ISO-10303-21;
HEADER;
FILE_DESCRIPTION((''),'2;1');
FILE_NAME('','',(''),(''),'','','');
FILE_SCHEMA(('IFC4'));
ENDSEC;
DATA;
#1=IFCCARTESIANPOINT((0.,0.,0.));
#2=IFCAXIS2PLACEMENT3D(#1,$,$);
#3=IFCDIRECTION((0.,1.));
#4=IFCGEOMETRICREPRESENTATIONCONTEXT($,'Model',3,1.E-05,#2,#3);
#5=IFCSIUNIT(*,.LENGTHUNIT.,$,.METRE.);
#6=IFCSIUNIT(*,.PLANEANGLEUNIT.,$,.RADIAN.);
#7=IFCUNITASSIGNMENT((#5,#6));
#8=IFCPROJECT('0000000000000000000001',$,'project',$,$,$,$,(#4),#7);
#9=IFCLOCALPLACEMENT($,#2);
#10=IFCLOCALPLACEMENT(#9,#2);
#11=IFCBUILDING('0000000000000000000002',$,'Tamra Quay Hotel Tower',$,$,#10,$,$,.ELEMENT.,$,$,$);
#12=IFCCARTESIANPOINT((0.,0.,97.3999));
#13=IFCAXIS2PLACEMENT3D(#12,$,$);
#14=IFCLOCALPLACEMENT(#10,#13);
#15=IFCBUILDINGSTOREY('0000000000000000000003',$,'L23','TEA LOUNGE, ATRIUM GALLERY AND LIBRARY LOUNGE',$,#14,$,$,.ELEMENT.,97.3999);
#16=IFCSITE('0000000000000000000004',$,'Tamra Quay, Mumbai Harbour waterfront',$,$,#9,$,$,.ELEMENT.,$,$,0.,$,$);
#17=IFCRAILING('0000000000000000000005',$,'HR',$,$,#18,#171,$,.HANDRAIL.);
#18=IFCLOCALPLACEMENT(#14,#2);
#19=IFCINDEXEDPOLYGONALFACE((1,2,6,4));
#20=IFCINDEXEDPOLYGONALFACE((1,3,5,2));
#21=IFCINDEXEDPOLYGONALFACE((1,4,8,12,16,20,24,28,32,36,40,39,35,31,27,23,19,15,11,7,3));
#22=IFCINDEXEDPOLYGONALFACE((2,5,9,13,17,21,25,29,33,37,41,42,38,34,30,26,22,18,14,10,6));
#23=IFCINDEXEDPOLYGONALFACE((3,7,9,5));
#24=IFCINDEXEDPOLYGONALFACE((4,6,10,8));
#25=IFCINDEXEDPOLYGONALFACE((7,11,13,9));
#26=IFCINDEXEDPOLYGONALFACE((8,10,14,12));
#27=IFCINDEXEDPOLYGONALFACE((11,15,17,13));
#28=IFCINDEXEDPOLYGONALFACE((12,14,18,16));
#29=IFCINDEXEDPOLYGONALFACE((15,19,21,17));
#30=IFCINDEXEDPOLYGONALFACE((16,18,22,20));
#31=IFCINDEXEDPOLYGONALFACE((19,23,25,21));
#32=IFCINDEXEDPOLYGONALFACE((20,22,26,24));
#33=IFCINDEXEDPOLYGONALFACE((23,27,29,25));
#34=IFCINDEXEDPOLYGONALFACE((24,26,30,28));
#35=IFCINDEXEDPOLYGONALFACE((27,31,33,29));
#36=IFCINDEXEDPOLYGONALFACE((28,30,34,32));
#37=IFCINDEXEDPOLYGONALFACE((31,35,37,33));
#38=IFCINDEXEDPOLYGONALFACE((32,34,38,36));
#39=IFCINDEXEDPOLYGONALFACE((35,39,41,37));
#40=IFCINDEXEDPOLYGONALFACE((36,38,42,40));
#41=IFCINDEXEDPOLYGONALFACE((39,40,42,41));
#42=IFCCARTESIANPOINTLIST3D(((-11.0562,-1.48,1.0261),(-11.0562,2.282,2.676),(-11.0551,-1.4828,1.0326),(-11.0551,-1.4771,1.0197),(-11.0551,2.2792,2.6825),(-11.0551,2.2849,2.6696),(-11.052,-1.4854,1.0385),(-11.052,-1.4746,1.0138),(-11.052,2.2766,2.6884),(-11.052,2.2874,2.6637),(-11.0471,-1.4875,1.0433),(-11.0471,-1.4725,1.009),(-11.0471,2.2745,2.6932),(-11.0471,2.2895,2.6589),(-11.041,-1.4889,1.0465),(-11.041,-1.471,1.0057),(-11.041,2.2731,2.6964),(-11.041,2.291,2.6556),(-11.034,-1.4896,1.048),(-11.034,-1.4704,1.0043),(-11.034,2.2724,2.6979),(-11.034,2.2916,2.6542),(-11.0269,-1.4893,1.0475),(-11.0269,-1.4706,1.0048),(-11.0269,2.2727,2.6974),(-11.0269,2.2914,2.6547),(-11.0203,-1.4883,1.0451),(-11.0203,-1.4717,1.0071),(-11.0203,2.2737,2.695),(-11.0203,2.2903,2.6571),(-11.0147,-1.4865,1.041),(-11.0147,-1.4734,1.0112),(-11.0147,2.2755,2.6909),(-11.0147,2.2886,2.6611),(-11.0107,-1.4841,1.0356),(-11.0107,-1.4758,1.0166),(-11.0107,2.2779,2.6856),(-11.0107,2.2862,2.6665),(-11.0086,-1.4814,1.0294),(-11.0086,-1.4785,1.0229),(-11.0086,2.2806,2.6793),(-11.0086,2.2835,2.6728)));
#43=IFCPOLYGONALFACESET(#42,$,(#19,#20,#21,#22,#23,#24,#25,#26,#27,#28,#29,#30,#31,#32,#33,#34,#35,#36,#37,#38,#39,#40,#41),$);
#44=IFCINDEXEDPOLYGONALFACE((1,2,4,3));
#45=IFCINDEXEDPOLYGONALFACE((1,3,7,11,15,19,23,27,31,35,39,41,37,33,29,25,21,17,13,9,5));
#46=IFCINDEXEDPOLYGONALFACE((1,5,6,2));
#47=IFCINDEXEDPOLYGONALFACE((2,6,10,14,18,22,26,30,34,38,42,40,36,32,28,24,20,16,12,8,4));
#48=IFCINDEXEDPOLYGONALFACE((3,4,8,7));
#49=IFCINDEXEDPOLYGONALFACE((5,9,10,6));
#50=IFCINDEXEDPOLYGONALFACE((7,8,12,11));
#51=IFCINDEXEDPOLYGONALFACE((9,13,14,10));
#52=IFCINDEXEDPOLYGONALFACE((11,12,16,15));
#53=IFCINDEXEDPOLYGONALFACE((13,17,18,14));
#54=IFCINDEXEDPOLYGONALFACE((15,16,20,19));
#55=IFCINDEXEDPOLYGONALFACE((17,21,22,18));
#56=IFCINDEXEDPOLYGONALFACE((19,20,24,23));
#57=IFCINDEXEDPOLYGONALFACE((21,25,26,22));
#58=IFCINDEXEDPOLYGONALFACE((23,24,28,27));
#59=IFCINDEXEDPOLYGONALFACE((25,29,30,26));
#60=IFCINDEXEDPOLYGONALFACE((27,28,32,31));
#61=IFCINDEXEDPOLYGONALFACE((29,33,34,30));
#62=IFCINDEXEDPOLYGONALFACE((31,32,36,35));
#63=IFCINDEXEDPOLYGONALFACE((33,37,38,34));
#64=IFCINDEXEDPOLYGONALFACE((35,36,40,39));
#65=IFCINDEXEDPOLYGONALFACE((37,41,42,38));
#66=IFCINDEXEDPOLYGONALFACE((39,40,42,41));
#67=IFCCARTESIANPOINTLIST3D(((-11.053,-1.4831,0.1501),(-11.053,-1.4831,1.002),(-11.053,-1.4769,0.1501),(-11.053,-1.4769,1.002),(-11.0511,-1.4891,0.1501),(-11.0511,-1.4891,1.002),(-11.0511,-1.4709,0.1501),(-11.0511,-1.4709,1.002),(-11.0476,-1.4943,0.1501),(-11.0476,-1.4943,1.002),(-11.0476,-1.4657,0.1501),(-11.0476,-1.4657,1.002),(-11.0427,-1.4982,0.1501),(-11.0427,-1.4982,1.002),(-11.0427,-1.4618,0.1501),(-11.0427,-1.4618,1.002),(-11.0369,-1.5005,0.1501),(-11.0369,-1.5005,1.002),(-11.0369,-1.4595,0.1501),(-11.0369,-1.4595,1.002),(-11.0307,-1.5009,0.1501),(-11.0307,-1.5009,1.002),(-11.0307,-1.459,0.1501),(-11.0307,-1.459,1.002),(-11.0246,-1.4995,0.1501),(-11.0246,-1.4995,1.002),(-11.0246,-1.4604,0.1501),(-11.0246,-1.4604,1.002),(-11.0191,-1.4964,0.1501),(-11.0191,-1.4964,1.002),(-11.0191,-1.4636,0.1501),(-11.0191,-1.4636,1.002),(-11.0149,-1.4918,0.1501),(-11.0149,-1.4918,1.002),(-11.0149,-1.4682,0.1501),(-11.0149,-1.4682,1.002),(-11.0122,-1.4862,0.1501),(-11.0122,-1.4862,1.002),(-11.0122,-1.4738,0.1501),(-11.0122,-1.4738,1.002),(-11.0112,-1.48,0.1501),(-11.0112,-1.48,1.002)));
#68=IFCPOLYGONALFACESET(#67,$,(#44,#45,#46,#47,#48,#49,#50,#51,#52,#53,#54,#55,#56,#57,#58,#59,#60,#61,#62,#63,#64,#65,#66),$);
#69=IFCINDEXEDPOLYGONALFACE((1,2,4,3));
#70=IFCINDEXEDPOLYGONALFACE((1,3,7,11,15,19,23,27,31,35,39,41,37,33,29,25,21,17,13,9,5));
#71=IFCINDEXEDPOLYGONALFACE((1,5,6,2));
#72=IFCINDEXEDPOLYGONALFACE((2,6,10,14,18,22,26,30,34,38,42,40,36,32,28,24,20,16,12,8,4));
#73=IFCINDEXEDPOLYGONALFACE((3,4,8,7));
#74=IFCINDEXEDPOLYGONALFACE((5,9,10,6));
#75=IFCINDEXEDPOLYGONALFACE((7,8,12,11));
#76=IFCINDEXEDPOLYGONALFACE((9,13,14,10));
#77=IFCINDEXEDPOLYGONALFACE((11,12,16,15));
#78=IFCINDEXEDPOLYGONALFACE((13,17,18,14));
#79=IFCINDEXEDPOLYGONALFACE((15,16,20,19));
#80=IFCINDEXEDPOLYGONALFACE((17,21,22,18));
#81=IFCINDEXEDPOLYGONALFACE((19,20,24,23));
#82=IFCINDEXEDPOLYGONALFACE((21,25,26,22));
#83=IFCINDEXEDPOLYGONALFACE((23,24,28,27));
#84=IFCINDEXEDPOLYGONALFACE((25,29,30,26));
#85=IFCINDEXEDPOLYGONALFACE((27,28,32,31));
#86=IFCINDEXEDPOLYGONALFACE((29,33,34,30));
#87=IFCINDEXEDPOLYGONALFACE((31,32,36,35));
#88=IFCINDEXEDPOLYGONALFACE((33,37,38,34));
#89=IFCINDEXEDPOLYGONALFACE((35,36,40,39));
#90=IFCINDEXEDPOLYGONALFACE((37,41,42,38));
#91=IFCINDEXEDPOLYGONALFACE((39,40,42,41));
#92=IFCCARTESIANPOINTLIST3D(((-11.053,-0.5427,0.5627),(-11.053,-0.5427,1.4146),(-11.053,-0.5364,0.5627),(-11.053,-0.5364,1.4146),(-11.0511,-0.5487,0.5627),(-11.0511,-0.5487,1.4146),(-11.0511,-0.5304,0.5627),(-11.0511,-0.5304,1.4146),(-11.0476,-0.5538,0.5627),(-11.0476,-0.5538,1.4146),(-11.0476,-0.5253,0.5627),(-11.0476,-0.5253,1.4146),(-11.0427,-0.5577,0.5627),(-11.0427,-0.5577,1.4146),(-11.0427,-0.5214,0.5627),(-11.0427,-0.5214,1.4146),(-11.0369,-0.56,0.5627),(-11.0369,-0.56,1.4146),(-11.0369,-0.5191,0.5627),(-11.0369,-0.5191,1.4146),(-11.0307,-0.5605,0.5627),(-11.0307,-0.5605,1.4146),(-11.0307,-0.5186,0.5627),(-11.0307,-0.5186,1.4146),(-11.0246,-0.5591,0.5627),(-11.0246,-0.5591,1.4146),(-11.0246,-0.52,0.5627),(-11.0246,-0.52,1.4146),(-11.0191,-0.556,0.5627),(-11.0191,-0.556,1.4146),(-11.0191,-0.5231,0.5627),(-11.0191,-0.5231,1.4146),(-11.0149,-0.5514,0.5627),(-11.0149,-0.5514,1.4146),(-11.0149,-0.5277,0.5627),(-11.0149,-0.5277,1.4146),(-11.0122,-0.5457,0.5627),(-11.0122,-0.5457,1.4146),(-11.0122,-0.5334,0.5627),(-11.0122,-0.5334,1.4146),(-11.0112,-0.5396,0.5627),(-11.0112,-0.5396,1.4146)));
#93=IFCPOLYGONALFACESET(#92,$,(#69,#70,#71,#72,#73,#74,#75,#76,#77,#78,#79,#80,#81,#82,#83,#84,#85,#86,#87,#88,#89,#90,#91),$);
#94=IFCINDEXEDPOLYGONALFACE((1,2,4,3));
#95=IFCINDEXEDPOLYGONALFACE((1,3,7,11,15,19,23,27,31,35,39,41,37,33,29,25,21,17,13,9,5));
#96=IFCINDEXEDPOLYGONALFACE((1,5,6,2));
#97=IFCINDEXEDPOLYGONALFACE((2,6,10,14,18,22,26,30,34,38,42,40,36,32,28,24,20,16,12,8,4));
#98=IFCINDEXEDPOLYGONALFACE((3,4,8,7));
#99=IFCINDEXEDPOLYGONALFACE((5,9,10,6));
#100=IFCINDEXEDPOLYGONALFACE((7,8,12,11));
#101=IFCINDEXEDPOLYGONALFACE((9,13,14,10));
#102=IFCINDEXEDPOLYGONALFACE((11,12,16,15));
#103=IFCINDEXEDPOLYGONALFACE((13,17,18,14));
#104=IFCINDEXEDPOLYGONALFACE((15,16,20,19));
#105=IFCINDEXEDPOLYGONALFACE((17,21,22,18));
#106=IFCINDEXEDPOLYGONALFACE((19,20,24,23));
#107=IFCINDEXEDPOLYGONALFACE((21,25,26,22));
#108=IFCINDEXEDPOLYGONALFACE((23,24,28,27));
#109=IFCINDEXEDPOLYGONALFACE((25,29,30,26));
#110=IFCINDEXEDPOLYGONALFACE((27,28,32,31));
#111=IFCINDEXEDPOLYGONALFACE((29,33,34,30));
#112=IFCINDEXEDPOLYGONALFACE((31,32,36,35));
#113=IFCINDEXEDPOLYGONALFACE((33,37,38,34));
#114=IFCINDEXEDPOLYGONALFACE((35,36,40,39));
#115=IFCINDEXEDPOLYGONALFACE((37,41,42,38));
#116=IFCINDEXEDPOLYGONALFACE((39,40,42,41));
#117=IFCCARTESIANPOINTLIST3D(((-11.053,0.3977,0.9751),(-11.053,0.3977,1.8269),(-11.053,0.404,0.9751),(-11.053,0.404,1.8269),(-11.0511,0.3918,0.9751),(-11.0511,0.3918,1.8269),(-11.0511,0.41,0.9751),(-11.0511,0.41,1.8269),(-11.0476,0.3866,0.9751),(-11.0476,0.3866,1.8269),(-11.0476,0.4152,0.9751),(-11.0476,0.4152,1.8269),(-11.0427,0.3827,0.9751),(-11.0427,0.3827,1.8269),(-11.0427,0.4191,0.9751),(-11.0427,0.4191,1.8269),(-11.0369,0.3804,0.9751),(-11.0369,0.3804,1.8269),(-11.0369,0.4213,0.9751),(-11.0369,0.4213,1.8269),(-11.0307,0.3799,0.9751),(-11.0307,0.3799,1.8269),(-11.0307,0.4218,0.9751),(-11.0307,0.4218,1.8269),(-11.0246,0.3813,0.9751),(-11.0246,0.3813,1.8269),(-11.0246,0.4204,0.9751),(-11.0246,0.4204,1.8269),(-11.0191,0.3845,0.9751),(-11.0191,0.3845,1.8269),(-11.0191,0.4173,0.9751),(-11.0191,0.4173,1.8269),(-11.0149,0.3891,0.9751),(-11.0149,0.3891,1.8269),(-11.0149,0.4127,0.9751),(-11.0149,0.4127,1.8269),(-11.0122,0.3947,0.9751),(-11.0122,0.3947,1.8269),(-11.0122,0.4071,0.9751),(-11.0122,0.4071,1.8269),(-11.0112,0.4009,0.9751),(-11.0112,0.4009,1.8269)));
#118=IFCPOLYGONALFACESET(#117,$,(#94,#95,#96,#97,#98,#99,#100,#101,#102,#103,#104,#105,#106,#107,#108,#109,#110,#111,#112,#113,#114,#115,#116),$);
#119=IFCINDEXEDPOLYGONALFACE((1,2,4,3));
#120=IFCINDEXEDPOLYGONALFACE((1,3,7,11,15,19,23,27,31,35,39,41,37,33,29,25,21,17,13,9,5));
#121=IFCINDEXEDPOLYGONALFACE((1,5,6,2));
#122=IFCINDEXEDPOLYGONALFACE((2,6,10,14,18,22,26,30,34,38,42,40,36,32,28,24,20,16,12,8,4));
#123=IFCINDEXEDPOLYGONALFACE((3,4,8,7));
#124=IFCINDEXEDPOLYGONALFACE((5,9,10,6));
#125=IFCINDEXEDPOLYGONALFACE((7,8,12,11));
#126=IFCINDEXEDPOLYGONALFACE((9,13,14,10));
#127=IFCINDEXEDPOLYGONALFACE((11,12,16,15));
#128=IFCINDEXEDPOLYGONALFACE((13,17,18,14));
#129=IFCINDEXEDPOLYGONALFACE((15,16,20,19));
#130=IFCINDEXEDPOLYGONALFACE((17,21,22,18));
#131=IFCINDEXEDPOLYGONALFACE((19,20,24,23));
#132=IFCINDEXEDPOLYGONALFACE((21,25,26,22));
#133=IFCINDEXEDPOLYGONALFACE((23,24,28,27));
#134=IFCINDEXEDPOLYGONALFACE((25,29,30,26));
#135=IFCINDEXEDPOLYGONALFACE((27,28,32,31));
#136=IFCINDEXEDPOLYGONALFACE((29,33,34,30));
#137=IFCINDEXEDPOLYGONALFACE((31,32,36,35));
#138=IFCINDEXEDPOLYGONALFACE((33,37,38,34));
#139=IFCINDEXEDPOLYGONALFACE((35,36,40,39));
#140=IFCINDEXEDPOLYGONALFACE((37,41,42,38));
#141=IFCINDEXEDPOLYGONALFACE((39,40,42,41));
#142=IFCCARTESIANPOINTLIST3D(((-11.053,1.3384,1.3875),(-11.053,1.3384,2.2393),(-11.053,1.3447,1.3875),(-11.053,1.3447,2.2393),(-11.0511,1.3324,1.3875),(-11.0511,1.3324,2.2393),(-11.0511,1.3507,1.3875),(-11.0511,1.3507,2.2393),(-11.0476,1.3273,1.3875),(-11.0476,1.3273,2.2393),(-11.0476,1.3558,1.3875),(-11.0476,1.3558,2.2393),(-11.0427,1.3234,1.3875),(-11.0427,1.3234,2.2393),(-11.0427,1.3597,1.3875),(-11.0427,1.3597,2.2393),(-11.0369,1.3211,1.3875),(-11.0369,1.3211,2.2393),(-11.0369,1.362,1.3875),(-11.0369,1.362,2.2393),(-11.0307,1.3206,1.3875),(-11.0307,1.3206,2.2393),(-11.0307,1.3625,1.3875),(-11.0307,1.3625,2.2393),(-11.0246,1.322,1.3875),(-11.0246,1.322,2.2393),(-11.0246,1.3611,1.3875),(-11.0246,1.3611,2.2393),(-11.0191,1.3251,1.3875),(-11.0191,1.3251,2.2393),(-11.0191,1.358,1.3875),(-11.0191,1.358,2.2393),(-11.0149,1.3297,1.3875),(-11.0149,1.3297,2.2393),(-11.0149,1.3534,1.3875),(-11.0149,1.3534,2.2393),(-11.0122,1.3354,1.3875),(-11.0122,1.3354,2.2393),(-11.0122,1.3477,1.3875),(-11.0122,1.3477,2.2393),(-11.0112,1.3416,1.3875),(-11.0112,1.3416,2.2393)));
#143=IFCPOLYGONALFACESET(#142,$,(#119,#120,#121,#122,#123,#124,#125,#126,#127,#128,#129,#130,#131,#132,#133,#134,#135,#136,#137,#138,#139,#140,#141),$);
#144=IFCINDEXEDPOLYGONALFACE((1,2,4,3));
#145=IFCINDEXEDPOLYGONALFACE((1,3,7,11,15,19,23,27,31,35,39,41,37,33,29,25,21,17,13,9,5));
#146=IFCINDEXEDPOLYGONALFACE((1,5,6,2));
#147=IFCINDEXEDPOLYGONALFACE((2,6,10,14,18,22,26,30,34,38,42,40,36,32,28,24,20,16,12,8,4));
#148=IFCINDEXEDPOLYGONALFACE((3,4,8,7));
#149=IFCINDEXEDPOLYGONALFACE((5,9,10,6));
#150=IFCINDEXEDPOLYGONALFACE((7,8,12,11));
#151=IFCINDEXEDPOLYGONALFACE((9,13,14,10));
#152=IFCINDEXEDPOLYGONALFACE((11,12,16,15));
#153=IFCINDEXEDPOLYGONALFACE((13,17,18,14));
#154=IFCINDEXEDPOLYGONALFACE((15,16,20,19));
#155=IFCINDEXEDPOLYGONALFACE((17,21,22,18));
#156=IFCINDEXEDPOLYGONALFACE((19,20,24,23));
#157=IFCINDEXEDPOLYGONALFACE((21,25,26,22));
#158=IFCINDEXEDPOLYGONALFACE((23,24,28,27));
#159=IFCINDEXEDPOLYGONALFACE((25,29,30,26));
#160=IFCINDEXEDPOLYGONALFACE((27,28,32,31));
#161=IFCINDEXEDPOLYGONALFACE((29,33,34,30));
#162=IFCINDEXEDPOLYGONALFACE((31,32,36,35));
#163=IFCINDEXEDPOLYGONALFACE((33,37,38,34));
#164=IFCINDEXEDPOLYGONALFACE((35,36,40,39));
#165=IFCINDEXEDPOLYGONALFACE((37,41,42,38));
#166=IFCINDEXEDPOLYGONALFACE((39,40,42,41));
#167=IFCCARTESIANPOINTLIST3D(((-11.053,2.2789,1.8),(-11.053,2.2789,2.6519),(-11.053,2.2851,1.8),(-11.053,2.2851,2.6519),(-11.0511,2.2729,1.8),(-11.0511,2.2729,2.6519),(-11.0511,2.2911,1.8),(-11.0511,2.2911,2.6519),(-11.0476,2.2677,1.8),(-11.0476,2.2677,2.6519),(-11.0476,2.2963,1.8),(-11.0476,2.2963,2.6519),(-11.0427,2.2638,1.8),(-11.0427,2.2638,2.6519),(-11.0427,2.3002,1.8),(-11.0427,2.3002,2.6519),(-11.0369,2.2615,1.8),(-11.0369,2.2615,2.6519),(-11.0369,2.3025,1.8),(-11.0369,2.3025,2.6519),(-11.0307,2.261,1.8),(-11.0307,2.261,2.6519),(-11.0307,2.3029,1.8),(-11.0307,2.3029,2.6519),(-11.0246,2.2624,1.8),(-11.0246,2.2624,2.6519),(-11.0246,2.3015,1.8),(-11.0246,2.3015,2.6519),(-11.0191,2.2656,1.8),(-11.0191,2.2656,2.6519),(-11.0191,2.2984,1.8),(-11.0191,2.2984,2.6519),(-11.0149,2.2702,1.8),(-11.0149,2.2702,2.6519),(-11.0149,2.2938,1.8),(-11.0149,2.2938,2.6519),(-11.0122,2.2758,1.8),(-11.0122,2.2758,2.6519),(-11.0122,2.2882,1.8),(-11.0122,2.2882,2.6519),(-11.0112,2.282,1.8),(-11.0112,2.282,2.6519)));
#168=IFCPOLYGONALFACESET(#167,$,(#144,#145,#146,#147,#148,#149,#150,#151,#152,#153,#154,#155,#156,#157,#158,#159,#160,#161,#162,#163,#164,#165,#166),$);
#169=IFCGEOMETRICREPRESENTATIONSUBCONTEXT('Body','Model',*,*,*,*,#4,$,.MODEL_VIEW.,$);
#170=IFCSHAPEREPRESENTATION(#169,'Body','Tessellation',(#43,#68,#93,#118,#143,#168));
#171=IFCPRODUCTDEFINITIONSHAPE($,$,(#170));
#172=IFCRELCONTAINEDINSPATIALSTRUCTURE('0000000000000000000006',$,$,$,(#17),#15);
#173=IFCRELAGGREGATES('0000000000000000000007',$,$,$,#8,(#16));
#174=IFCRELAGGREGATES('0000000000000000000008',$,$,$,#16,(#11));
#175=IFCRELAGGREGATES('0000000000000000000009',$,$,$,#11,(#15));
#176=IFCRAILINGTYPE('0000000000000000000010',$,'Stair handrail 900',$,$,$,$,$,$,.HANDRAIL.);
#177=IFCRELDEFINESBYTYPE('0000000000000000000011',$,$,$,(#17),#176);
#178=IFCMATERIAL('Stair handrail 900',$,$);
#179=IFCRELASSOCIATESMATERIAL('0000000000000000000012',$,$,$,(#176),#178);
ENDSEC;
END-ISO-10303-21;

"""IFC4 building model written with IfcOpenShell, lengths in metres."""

from ifc_helpers import new_model, si_unit, direction, frame, origin, origin_2d, place, context, subcontext, project, spatial, circle, extrude, material, type_object, element, save


model = new_model("IFC4")

# Units and contexts
model_context = context("Model", 3, precision=1e-05, world=origin(), true_north=direction((0.0, 1.0)))
body_context = subcontext(model_context, "Body", "Model", "MODEL_VIEW")
ifc_project = project(units=[si_unit("LENGTHUNIT", "METRE"), si_unit("PLANEANGLEUNIT", "RADIAN")], contexts=[model_context])

# Site, building, storey
site_placement = place(None, origin())
site = spatial("IfcSite", under=ifc_project, at=site_placement, Name="Tamra Quay, Mumbai Harbour waterfront", CompositionType="ELEMENT", RefElevation=0.0)
building_placement = place(site_placement, origin())
building = spatial("IfcBuilding", under=site, at=building_placement, Name="Tamra Quay Hotel Tower", CompositionType="ELEMENT")
storey_placement = place(building_placement, frame((0.0, 0.0, 97.3999)))
storey = spatial("IfcBuildingStorey", under=building, at=storey_placement, Name="L23", Description="TEA LOUNGE, ATRIUM GALLERY AND LIBRARY LOUNGE", CompositionType="ELEMENT", Elevation=97.3999)

# Railing
ifc_material_1 = material(Name="Stair handrail 900")
railing_type = type_object("IfcRailingType", Name="Stair handrail 900", PredefinedType="HANDRAIL", material=ifc_material_1)
railing_placement = place(storey_placement, frame((-11.0322, -1.48, 0.1501)))
element("IfcRailing", 1, at=railing_placement, inside=storey, type_object=railing_type, Name="HR", PredefinedType="HANDRAIL", context=body_context, shape_type="SweptSolid", body=[
    extrude(circle(Radius=0.0239, at=origin_2d()), frame((0.0, 0.0, 0.876), z_axis=(0.0, 0.915795, 0.401645), x_axis=(-1.0, 0.0, 0.0)), (0.0, 0.0, 1.0), 4.1079),
    extrude(circle(Radius=0.021, at=origin_2d()), origin(), (0.0, 0.0, 1.0), 0.8518),
    extrude(circle(Radius=0.021, at=origin_2d()), frame((0.0, 0.9404, 0.4126)), (0.0, 0.0, 1.0), 0.8518),
    extrude(circle(Radius=0.021, at=origin_2d()), frame((0.0, 1.8809, 0.825)), (0.0, 0.0, 1.0), 0.8518),
    extrude(circle(Radius=0.021, at=origin_2d()), frame((0.0, 2.8215, 1.2373)), (0.0, 0.0, 1.0), 0.8518),
    extrude(circle(Radius=0.021, at=origin_2d()), frame((0.0, 3.762, 1.6499)), (0.0, 0.0, 1.0), 0.8518),
])

save(model, "model.ifc")
